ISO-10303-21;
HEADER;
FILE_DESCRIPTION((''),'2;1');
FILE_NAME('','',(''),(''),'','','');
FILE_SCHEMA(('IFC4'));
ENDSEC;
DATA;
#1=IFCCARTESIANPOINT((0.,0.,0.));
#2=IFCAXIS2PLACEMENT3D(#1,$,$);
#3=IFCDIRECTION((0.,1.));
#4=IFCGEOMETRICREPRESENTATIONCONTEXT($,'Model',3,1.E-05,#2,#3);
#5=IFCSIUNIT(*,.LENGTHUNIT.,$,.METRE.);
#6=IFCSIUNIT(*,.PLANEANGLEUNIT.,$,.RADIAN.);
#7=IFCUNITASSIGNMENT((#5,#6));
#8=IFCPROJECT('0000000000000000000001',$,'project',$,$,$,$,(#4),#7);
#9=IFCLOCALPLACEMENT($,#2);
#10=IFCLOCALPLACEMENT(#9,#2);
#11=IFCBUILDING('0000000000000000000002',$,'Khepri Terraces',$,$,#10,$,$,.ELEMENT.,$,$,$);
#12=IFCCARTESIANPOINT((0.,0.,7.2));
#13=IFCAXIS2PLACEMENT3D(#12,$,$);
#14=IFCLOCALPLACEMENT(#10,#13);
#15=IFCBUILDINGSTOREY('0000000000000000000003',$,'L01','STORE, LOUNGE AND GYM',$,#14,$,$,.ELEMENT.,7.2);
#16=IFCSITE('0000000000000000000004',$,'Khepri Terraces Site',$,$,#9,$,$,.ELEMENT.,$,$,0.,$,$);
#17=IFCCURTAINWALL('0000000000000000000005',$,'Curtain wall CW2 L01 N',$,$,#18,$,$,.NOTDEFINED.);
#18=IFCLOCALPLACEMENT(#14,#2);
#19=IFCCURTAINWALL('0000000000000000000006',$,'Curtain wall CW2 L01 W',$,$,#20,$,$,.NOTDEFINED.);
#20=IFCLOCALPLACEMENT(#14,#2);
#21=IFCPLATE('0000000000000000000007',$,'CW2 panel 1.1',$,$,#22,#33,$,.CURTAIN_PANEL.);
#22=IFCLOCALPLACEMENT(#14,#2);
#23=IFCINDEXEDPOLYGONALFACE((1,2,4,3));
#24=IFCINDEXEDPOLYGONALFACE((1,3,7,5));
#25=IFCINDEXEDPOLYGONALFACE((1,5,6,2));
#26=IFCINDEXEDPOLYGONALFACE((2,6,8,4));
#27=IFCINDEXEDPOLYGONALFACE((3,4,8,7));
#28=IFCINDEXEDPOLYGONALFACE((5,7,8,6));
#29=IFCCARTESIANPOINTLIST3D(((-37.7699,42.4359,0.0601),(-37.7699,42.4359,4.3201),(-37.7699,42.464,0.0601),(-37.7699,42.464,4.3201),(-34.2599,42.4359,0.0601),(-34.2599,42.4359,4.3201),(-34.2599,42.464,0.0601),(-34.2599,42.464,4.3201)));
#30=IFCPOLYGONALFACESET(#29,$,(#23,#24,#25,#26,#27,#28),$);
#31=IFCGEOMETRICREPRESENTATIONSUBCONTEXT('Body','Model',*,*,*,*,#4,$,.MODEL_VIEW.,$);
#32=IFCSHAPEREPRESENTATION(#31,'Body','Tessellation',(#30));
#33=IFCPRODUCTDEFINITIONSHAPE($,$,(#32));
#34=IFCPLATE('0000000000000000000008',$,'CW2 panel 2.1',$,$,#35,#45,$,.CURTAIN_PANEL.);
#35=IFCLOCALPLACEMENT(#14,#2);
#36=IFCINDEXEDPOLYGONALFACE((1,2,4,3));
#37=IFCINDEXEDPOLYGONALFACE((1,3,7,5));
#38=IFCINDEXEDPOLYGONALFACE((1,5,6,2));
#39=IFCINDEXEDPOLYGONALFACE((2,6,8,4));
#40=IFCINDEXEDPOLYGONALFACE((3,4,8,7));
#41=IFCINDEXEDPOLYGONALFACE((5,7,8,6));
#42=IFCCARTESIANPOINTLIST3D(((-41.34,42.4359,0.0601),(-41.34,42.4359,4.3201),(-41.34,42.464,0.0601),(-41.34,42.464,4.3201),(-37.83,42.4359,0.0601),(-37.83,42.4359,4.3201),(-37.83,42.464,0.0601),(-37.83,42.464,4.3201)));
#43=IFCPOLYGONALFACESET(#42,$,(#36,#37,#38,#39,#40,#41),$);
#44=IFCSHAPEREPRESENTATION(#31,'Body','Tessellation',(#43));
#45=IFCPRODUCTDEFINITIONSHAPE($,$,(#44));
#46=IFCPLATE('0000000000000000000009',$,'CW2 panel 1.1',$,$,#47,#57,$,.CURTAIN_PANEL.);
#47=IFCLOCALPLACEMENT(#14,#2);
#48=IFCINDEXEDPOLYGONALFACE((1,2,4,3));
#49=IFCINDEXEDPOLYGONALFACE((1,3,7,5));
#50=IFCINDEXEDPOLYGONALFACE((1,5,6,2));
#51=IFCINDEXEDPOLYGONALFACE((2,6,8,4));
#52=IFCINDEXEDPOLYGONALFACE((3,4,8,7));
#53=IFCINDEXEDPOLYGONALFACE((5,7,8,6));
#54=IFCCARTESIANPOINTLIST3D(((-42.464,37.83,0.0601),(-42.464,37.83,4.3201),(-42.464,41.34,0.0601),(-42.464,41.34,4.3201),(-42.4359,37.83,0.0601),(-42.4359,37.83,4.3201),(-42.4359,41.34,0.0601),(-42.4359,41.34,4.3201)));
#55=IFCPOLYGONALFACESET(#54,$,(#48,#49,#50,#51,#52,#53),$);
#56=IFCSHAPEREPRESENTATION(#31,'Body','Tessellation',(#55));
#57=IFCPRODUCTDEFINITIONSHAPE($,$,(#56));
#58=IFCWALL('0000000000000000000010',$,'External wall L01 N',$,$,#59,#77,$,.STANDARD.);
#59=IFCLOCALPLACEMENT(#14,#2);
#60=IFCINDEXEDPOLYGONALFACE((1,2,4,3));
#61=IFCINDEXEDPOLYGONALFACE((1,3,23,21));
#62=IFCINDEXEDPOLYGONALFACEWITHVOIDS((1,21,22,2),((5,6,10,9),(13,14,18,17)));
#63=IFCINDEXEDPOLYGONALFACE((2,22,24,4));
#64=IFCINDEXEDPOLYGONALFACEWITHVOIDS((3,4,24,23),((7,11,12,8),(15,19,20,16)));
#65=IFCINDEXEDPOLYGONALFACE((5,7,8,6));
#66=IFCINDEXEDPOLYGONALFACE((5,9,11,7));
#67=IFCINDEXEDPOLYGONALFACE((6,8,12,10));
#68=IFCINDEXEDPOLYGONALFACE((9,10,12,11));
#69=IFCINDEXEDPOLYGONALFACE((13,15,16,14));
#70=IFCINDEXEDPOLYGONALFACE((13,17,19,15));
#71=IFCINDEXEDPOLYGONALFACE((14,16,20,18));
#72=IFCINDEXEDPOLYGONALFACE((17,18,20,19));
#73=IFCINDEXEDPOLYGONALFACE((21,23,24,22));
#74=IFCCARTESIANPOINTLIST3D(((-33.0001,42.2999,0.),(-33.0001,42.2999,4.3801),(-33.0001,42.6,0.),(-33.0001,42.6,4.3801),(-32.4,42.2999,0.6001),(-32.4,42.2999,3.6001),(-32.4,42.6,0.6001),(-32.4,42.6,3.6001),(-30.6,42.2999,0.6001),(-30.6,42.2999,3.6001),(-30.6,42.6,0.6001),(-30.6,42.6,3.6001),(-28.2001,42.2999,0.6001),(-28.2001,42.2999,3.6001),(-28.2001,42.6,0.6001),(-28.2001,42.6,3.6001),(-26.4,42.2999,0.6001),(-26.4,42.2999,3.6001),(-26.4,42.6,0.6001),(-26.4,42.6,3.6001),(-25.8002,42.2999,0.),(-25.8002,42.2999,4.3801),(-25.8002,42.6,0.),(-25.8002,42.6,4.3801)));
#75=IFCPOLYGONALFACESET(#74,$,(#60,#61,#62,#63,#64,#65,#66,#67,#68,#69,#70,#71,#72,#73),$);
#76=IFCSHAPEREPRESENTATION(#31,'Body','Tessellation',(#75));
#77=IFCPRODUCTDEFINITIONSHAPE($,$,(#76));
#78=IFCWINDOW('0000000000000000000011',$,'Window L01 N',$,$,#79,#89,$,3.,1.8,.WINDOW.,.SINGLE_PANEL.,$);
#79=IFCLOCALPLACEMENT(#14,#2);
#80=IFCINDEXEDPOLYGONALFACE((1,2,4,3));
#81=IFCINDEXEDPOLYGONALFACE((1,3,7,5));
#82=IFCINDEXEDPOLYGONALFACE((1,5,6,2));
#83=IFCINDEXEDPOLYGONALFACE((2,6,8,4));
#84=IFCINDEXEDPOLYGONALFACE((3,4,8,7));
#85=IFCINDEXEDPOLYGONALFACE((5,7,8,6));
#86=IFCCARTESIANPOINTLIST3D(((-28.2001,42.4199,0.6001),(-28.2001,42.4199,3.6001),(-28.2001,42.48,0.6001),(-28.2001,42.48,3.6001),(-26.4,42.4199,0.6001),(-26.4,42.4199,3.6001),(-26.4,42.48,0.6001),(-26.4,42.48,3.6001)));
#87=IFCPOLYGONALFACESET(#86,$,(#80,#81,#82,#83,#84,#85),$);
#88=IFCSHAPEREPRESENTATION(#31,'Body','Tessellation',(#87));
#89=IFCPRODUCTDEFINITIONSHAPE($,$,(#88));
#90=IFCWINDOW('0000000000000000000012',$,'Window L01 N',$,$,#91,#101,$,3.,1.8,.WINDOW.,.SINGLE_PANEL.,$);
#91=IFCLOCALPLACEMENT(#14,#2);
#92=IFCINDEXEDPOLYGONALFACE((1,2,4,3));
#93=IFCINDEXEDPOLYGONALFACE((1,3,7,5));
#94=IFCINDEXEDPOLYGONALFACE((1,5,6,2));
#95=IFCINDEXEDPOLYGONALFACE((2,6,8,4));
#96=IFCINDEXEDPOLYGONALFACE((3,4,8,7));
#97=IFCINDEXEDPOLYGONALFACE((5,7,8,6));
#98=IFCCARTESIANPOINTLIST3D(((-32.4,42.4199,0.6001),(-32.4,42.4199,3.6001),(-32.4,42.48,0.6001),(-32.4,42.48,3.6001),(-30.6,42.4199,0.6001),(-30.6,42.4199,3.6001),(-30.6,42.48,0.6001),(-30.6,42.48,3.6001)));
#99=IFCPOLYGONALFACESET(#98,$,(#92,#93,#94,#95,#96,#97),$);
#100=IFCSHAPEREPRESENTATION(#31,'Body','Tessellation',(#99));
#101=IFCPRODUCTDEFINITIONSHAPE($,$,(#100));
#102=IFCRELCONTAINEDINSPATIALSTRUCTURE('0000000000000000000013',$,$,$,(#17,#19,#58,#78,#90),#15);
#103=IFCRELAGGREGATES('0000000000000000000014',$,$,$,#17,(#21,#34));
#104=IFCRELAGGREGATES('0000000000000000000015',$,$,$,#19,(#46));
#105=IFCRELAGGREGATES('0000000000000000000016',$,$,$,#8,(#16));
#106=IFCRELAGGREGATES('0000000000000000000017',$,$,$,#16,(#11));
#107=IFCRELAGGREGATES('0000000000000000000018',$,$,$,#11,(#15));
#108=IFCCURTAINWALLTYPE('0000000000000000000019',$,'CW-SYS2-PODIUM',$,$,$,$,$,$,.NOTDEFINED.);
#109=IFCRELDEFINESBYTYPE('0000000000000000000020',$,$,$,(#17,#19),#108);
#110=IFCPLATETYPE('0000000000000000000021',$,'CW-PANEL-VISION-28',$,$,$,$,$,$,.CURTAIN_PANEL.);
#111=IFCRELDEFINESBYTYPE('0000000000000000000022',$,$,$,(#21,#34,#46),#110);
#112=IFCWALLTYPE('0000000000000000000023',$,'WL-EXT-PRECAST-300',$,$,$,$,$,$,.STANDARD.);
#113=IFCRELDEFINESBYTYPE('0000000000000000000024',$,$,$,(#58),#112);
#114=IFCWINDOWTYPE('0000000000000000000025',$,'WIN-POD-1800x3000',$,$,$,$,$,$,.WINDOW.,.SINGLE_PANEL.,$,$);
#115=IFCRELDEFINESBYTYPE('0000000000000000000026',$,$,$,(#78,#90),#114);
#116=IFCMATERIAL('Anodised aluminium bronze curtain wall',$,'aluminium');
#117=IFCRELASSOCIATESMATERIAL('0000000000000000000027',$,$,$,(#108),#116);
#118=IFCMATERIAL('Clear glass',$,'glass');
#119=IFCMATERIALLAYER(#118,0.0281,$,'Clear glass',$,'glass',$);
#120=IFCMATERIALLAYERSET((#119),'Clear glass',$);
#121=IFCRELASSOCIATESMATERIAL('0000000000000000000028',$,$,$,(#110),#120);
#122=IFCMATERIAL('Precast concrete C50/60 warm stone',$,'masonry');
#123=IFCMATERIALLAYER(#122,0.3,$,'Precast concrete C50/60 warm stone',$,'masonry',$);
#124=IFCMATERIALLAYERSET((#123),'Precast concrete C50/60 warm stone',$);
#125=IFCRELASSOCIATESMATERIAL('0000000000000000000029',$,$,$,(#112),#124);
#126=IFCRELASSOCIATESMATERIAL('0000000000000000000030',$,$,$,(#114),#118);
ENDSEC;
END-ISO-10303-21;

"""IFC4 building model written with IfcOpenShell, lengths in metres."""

from ifc_helpers import new_model, si_unit, direction, frame, frame_2d, origin, origin_2d, place, context, subcontext, project, spatial, rectangle, extrude, material, layer, layer_set, type_object, element, fill, aggregate, save


model = new_model("IFC4")

# Units and contexts
model_context = context("Model", 3, precision=1e-05, world=origin(), true_north=direction((0.0, 1.0)))
body_context = subcontext(model_context, "Body", "Model", "MODEL_VIEW")
ifc_project = project(units=[si_unit("LENGTHUNIT", "METRE"), si_unit("PLANEANGLEUNIT", "RADIAN")], contexts=[model_context])

# Site, building, storey
site_placement = place(None, origin())
site = spatial("IfcSite", under=ifc_project, at=site_placement, Name="Khepri Terraces Site", CompositionType="ELEMENT", RefElevation=0.0)
building_placement = place(site_placement, origin())
building = spatial("IfcBuilding", under=site, at=building_placement, Name="Khepri Terraces", CompositionType="ELEMENT")
storey_placement = place(building_placement, frame((0.0, 0.0, 7.2)))
storey = spatial("IfcBuildingStorey", under=building, at=storey_placement, Name="L01", Description="STORE, LOUNGE AND GYM", CompositionType="ELEMENT", Elevation=7.2)

# Curtain walls
ifc_material_1 = material(Name="Anodised aluminium bronze curtain wall", Category="aluminium")
curtain_wall_type = type_object("IfcCurtainWallType", Name="CW-SYS2-PODIUM", PredefinedType="NOTDEFINED", material=ifc_material_1)
curtain_wall_1_placement = place(storey_placement, origin())
curtain_wall_1 = element("IfcCurtainWall", 1, at=curtain_wall_1_placement, inside=storey, type_object=curtain_wall_type, Name="Curtain wall CW2 L01 N", PredefinedType="NOTDEFINED")
curtain_wall_2_placement = place(storey_placement, origin())
curtain_wall_2 = element("IfcCurtainWall", 2, at=curtain_wall_2_placement, inside=storey, type_object=curtain_wall_type, Name="Curtain wall CW2 L01 W", PredefinedType="NOTDEFINED")

# Plates
ifc_material_2 = material(Name="Clear glass", Category="glass")
ifc_layer_1 = layer(ifc_material_2, 0.0281, Name="Clear glass", Category="glass")
ifc_layer_set_1 = layer_set([ifc_layer_1], Name="Clear glass")
plate_type = type_object("IfcPlateType", Name="CW-PANEL-VISION-28", PredefinedType="CURTAIN_PANEL", material=ifc_layer_set_1)
plate_1_placement = place(storey_placement, frame((-36.0149, 42.45, 0.0601), z_axis=(0.0, 0.0, 1.0), x_axis=(-1.0, 0.0, 0.0)))
plate_1 = element("IfcPlate", 3, at=plate_1_placement, type_object=plate_type, Name="CW2 panel 1.1", PredefinedType="CURTAIN_PANEL", context=body_context, shape_type="SweptSolid", body=[
    extrude(rectangle(XDim=3.51, YDim=0.0281, at=origin_2d()), origin(), (0.0, 0.0, 1.0), 4.26),
])
plate_2_placement = place(storey_placement, frame((-39.585, 42.45, 0.0601), z_axis=(0.0, 0.0, 1.0), x_axis=(-1.0, 0.0, 0.0)))
plate_2 = element("IfcPlate", 4, at=plate_2_placement, type_object=plate_type, Name="CW2 panel 2.1", PredefinedType="CURTAIN_PANEL", context=body_context, shape_type="SweptSolid", body=[
    extrude(rectangle(XDim=3.51, YDim=0.0281, at=origin_2d()), origin(), (0.0, 0.0, 1.0), 4.26),
])
aggregate(curtain_wall_1, [plate_1, plate_2])
plate_3_placement = place(storey_placement, frame((-42.45, 39.585, 0.0601), z_axis=(0.0, 0.0, 1.0), x_axis=(0.0, -1.0, 0.0)))
plate_3 = element("IfcPlate", 5, at=plate_3_placement, type_object=plate_type, Name="CW2 panel 1.1", PredefinedType="CURTAIN_PANEL", context=body_context, shape_type="SweptSolid", body=[
    extrude(rectangle(XDim=3.51, YDim=0.0281, at=origin_2d()), origin(), (0.0, 0.0, 1.0), 4.26),
])
aggregate(curtain_wall_2, [plate_3])

# Wall, openings, windows
ifc_material_3 = material(Name="Precast concrete C50/60 warm stone", Category="masonry")
ifc_layer_2 = layer(ifc_material_3, 0.3, Name="Precast concrete C50/60 warm stone", Category="masonry")
ifc_layer_set_2 = layer_set([ifc_layer_2], Name="Precast concrete C50/60 warm stone")
wall_type = type_object("IfcWallType", Name="WL-EXT-PRECAST-300", PredefinedType="STANDARD", material=ifc_layer_set_2)
wall_placement = place(storey_placement, frame((-25.8, 42.45, 0.0), z_axis=(0.0, 0.0, 1.0), x_axis=(-1.0, 0.0, 0.0)))
wall = element("IfcWall", 6, at=wall_placement, inside=storey, type_object=wall_type, Name="External wall L01 N", PredefinedType="STANDARD", context=body_context, shape_type="SweptSolid", body=[
    extrude(rectangle(XDim=7.2, YDim=0.3, at=frame_2d((3.6001, 0.0))), origin(), (0.0, 0.0, 1.0), 4.3801),
])
opening_1_placement = place(wall_placement, frame((0.6001, 0.0, 0.6001)))
opening_1 = element("IfcOpeningElement", 7, at=opening_1_placement, cuts=wall, PredefinedType="OPENING", context=body_context, shape_type="SweptSolid", body=[
    extrude(rectangle(XDim=1.8, YDim=3.0, at=frame_2d((0.8999, 1.5))), frame((0.0, 0.1602, 0.0), z_axis=(0.0, -1.0, 0.0), x_axis=(1.0, 0.0, 0.0)), (0.0, 0.0, 1.0), 0.3201),
])
opening_2_placement = place(wall_placement, frame((4.8, 0.0, 0.6001)))
opening_2 = element("IfcOpeningElement", 8, at=opening_2_placement, cuts=wall, PredefinedType="OPENING", context=body_context, shape_type="SweptSolid", body=[
    extrude(rectangle(XDim=1.8, YDim=3.0, at=frame_2d((0.8999, 1.5))), frame((0.0, 0.1602, 0.0), z_axis=(0.0, -1.0, 0.0), x_axis=(1.0, 0.0, 0.0)), (0.0, 0.0, 1.0), 0.3201),
])
window_type = type_object("IfcWindowType", Name="WIN-POD-1800x3000", PartitioningType="SINGLE_PANEL", PredefinedType="WINDOW", material=ifc_material_2)
window_1_placement = place(opening_1_placement, origin())
window_1 = element("IfcWindow", 9, at=window_1_placement, inside=storey, type_object=window_type, Name="Window L01 N", OverallHeight=3.0, OverallWidth=1.8, PartitioningType="SINGLE_PANEL", PredefinedType="WINDOW", context=body_context, shape_type="SweptSolid", body=[
    extrude(rectangle(XDim=1.8, YDim=3.0, at=frame_2d((0.8999, 1.5))), frame((0.0, 0.03, 0.0), z_axis=(0.0, -1.0, 0.0), x_axis=(1.0, 0.0, 0.0)), (0.0, 0.0, 1.0), 0.0601),
])
fill(opening_1, window_1)
window_2_placement = place(opening_2_placement, origin())
window_2 = element("IfcWindow", 10, at=window_2_placement, inside=storey, type_object=window_type, Name="Window L01 N", OverallHeight=3.0, OverallWidth=1.8, PartitioningType="SINGLE_PANEL", PredefinedType="WINDOW", context=body_context, shape_type="SweptSolid", body=[
    extrude(rectangle(XDim=1.8, YDim=3.0, at=frame_2d((0.8999, 1.5))), frame((0.0, 0.03, 0.0), z_axis=(0.0, -1.0, 0.0), x_axis=(1.0, 0.0, 0.0)), (0.0, 0.0, 1.0), 0.0601),
])
fill(opening_2, window_2)

save(model, "model.ifc")
